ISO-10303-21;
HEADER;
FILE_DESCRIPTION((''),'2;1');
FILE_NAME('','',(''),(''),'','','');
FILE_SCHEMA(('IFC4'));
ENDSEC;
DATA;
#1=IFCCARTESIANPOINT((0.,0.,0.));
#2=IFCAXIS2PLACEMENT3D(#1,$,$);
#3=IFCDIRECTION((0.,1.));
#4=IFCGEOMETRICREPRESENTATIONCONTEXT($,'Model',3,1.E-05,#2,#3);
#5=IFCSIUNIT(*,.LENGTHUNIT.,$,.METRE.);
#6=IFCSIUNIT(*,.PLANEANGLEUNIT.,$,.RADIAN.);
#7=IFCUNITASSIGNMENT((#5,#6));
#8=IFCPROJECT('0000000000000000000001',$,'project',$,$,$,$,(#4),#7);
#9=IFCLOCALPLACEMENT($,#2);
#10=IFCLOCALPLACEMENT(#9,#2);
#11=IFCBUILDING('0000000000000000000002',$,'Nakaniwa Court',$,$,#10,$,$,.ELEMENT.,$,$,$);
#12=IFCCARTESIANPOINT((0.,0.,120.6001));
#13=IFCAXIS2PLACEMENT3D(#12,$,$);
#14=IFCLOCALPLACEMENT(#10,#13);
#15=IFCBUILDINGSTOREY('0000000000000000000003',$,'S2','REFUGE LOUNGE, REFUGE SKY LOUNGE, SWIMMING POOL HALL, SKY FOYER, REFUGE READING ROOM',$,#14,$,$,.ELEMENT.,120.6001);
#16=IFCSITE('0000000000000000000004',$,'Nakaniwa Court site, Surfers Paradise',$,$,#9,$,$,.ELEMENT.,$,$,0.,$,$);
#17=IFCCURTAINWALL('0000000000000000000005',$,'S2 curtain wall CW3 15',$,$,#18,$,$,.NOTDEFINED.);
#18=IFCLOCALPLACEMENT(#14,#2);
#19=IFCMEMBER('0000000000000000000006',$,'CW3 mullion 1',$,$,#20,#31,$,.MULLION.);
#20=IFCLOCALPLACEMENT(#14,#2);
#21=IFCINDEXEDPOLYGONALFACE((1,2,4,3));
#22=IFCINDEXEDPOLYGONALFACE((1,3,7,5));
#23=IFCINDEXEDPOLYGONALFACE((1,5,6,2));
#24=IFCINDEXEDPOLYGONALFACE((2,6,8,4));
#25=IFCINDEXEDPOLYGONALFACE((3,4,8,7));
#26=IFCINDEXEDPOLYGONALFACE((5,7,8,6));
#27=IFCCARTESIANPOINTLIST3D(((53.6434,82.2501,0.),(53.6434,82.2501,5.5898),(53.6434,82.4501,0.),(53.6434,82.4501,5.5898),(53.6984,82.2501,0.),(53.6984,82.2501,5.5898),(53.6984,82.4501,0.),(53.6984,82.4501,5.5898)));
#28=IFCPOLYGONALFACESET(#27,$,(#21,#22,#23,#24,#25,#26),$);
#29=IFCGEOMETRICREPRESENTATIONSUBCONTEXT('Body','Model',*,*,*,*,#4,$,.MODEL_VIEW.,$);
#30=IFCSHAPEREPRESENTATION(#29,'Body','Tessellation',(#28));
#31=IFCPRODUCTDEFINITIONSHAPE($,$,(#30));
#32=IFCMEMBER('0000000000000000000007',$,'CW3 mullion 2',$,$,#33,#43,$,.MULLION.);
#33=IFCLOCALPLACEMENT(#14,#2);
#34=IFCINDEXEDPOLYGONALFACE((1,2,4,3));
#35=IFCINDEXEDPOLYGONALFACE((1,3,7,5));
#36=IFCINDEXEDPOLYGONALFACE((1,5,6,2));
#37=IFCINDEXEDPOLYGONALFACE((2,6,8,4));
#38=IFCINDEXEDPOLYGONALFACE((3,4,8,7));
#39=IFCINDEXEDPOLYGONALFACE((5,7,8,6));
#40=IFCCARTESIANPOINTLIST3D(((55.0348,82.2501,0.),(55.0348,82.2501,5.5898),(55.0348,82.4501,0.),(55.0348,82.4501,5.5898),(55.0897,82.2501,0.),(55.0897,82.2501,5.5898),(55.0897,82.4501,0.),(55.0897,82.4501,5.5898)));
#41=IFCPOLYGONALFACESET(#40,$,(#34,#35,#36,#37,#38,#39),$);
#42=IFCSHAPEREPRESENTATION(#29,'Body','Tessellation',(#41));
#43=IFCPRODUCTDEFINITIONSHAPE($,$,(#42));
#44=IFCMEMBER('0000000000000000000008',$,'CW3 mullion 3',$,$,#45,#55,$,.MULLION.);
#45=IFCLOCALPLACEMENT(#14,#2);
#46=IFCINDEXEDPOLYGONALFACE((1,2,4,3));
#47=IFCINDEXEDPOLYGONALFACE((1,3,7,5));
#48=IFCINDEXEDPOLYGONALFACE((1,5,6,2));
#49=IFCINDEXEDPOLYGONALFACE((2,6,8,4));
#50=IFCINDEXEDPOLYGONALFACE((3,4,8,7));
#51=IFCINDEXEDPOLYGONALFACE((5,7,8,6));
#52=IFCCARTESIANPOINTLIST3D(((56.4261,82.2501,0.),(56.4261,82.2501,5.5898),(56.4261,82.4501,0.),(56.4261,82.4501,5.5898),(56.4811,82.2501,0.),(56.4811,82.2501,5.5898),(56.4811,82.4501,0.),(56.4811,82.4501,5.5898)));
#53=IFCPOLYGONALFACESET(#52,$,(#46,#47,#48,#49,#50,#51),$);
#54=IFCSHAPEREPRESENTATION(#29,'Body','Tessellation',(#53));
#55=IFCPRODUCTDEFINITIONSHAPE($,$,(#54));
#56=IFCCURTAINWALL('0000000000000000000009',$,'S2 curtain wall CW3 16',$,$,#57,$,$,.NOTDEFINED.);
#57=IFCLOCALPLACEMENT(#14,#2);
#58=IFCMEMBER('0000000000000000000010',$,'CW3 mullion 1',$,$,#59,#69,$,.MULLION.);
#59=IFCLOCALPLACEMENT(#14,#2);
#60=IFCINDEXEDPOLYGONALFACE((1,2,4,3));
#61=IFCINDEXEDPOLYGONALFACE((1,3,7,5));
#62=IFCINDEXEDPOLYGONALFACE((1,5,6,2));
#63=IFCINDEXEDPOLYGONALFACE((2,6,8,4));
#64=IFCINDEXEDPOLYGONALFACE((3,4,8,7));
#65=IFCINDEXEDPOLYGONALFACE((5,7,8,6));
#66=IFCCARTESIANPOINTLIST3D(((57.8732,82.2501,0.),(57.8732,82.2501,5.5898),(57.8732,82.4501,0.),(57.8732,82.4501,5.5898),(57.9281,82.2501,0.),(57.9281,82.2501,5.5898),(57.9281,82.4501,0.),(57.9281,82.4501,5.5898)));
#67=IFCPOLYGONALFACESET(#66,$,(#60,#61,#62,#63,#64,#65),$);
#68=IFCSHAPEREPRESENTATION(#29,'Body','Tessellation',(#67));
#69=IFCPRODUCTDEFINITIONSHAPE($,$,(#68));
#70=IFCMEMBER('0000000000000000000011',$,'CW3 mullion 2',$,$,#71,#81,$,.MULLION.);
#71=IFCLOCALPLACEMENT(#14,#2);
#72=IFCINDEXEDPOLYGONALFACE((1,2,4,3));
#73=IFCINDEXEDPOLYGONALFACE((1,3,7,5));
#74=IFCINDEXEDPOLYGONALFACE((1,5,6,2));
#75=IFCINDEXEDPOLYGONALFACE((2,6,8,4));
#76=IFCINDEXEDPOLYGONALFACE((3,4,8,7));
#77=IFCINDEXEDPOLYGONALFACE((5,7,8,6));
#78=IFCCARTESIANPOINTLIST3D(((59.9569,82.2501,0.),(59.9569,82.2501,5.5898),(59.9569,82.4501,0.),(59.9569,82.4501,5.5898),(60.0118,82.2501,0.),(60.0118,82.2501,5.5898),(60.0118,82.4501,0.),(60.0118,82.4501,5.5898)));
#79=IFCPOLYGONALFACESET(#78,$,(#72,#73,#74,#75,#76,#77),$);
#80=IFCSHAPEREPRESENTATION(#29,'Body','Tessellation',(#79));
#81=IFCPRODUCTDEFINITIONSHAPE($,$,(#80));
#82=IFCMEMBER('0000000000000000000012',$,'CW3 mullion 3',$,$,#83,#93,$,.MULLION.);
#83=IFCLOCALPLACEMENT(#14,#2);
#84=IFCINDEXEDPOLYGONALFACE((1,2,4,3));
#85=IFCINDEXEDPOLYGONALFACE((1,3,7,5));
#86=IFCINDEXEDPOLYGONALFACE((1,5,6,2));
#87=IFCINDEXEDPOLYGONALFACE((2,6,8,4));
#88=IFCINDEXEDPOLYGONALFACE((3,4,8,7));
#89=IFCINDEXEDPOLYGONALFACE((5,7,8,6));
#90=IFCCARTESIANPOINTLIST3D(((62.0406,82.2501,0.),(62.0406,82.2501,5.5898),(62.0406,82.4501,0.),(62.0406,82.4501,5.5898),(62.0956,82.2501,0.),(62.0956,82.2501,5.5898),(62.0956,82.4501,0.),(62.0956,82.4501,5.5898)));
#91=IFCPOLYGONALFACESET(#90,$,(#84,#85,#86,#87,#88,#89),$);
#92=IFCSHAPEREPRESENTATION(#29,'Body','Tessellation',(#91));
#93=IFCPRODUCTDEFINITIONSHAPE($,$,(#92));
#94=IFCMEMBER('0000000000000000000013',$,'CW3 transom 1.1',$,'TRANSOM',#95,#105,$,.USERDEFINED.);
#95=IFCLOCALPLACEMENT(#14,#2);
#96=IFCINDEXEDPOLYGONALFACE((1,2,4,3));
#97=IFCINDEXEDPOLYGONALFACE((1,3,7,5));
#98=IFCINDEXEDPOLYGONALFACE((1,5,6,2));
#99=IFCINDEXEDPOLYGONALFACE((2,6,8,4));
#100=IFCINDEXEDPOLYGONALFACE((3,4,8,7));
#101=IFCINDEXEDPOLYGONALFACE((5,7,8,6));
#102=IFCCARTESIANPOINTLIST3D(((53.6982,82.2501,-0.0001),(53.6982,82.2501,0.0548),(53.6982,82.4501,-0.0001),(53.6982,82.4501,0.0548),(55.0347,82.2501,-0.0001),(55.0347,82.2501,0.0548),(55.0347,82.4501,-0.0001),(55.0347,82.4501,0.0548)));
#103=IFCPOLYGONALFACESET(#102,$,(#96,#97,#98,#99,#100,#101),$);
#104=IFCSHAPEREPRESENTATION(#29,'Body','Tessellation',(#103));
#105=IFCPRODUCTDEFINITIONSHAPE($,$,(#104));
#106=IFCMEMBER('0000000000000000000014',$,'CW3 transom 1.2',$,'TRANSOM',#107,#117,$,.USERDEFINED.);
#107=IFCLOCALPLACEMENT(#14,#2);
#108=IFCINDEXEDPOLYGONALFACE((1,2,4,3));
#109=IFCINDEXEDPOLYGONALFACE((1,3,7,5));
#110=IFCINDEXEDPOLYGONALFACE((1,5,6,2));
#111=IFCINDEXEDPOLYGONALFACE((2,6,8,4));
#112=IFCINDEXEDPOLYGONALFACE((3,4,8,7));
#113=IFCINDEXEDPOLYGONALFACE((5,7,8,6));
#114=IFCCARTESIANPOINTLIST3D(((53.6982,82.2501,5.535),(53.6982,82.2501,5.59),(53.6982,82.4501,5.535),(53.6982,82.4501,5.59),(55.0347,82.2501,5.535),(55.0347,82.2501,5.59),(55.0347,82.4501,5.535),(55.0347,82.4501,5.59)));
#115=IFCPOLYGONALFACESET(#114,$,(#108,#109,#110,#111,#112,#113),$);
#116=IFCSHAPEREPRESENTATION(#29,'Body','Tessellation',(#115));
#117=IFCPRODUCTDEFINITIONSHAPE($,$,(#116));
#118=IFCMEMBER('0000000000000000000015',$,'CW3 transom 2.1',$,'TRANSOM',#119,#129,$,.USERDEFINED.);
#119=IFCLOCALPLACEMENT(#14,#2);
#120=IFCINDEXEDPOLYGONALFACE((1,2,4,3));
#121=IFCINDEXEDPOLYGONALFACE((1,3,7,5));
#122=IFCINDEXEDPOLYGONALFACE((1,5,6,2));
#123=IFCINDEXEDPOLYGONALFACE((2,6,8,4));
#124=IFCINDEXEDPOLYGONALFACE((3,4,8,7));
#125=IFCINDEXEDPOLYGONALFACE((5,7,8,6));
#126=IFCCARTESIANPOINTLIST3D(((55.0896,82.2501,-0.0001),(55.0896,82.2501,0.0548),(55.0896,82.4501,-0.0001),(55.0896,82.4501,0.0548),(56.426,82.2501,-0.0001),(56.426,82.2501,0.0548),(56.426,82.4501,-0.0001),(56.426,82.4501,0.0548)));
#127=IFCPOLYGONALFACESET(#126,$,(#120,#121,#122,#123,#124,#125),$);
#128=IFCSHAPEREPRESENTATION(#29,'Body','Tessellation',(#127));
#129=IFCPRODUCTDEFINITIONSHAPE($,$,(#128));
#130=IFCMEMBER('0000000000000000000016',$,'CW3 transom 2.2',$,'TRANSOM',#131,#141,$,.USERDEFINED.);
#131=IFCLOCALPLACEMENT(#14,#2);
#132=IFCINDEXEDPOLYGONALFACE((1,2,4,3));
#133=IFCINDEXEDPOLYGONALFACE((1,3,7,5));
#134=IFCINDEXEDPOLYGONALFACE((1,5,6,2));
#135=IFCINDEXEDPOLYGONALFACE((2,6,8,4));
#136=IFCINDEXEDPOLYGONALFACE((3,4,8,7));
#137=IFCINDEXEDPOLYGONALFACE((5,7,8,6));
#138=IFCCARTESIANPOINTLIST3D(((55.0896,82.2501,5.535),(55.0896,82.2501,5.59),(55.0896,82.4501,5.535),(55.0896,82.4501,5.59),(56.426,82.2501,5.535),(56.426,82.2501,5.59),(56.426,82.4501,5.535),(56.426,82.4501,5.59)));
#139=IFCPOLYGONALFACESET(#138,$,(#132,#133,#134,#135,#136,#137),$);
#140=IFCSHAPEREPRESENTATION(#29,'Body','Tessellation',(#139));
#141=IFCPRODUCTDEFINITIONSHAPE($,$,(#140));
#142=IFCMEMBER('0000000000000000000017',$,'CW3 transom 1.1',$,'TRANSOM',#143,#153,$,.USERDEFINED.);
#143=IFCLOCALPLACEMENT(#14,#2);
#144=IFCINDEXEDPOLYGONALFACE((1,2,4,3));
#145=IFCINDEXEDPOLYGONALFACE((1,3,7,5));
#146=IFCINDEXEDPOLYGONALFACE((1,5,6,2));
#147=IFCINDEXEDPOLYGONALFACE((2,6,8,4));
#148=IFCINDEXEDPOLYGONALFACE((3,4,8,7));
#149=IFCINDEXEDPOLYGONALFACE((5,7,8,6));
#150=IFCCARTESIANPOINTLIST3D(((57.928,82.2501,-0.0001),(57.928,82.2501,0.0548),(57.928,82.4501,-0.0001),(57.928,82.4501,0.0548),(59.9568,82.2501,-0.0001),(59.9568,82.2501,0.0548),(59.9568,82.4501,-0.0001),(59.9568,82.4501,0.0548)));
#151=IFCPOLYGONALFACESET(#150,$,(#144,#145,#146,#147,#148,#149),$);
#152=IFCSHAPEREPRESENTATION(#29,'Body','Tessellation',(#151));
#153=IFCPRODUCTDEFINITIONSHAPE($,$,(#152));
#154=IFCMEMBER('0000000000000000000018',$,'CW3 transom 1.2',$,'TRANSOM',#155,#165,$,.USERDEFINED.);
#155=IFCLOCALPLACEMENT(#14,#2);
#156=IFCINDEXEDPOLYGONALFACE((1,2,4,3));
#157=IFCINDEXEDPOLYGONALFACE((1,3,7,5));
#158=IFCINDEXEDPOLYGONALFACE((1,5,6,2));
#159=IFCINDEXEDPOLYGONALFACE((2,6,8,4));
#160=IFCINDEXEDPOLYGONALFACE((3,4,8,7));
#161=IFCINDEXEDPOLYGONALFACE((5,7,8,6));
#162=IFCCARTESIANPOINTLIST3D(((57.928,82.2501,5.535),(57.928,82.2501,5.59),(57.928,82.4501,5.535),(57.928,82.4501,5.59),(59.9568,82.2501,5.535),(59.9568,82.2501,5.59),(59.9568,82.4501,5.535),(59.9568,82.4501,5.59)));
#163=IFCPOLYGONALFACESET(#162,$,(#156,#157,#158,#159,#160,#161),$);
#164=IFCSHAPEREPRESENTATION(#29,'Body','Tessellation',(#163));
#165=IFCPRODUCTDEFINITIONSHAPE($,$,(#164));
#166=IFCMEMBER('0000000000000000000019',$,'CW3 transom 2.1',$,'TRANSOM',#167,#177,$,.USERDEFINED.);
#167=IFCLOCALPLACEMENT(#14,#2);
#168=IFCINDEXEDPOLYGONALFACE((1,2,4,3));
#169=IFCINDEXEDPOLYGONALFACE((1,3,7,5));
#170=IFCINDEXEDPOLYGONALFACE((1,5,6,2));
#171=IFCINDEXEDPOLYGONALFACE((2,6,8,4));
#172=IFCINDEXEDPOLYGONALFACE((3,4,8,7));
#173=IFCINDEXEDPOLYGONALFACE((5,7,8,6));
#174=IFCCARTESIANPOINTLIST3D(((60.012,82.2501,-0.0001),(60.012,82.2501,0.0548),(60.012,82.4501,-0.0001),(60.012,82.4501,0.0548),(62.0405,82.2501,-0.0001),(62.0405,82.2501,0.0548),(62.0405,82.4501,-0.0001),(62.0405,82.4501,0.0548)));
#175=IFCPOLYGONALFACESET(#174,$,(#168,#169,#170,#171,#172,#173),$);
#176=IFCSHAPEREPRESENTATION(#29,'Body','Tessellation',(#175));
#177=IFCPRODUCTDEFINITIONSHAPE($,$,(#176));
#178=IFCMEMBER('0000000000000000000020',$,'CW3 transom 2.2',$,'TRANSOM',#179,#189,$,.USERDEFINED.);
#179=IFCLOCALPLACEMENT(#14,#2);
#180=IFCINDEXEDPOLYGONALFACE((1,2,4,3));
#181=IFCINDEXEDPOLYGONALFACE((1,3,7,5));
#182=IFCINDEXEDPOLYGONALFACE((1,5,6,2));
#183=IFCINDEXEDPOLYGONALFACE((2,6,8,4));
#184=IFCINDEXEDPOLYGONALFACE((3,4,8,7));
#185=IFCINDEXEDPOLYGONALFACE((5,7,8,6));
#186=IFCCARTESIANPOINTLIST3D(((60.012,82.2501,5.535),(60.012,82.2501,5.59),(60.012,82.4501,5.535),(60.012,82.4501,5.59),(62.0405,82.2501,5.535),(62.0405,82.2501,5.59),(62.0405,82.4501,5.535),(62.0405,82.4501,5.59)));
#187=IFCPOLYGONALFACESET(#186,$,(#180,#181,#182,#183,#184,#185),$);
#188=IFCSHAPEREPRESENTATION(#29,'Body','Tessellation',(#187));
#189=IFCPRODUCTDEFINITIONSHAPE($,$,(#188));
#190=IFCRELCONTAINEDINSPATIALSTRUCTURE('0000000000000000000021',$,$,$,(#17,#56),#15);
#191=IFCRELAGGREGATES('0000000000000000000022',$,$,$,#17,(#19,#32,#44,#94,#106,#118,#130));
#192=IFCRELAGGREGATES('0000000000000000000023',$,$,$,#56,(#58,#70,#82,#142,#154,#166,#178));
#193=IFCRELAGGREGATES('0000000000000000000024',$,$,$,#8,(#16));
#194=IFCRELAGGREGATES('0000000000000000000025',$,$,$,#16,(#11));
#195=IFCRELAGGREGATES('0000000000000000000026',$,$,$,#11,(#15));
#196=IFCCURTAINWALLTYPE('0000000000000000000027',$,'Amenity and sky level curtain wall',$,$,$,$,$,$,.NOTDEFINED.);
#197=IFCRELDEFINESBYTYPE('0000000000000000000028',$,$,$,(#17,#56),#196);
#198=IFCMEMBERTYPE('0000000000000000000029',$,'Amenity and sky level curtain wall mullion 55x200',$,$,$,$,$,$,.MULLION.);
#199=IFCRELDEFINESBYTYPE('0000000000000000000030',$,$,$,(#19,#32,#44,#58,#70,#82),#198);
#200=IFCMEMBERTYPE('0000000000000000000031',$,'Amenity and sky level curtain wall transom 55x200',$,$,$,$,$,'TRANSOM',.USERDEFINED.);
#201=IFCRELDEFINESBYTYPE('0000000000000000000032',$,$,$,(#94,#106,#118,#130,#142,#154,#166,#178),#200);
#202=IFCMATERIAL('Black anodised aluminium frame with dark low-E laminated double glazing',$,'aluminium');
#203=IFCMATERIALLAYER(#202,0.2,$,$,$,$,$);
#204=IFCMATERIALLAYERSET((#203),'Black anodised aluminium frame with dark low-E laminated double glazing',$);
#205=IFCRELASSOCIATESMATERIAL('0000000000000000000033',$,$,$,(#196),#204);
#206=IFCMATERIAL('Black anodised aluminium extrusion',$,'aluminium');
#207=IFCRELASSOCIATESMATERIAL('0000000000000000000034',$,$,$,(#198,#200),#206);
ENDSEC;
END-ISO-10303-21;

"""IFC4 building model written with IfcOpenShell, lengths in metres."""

from ifc_helpers import new_model, si_unit, direction, frame, origin, origin_2d, place, context, subcontext, project, spatial, rectangle, extrude, material, layer, layer_set, material_profile, profile_set, type_object, element, aggregate, save


model = new_model("IFC4")

# Units and contexts
model_context = context("Model", 3, precision=1e-05, world=origin(), true_north=direction((0.0, 1.0)))
body_context = subcontext(model_context, "Body", "Model", "MODEL_VIEW")
ifc_project = project(units=[si_unit("LENGTHUNIT", "METRE"), si_unit("PLANEANGLEUNIT", "RADIAN")], contexts=[model_context])

# Site, building, storey
site_placement = place(None, origin())
site = spatial("IfcSite", under=ifc_project, at=site_placement, Name="Nakaniwa Court site, Surfers Paradise", CompositionType="ELEMENT", RefElevation=0.0)
building_placement = place(site_placement, origin())
building = spatial("IfcBuilding", under=site, at=building_placement, Name="Nakaniwa Court", CompositionType="ELEMENT")
storey_placement = place(building_placement, frame((0.0, 0.0, 120.6001)))
storey = spatial("IfcBuildingStorey", under=building, at=storey_placement, Name="S2", Description="REFUGE LOUNGE, REFUGE SKY LOUNGE, SWIMMING POOL HALL, SKY FOYER, REFUGE READING ROOM", CompositionType="ELEMENT", Elevation=120.6001)

# Curtain walls, members
ifc_material_1 = material(Name="Black anodised aluminium frame with dark low-E laminated double glazing", Category="aluminium")
ifc_layer_1 = layer(ifc_material_1, 0.2)
ifc_layer_set_1 = layer_set([ifc_layer_1], Name="Black anodised aluminium frame with dark low-E laminated double glazing")
curtain_wall_type = type_object("IfcCurtainWallType", Name="Amenity and sky level curtain wall", PredefinedType="NOTDEFINED", material=ifc_layer_set_1)
curtain_wall_1_placement = place(storey_placement, origin())
curtain_wall_1 = element("IfcCurtainWall", 1, at=curtain_wall_1_placement, inside=storey, type_object=curtain_wall_type, Name="S2 curtain wall CW3 15", PredefinedType="NOTDEFINED")
ifc_material_2 = material(Name="Black anodised aluminium extrusion", Category="aluminium")
ifc_material_profile_1 = material_profile(ifc_material_2, rectangle(XDim=0.2, YDim=0.0549, at=origin_2d()), Name="Amenity and sky level curtain wall mullion 55x200")
ifc_profile_set_1 = profile_set([ifc_material_profile_1], Name="Black anodised aluminium extrusion")
member_type_1 = type_object("IfcMemberType", Name="Amenity and sky level curtain wall mullion 55x200", PredefinedType="MULLION", material=ifc_profile_set_1)
member_1_placement = place(storey_placement, frame((53.6709, 82.3501, 0.0), z_axis=(0.0, 0.0, 1.0), x_axis=(0.0, 1.0, 0.0)))
member_1 = element("IfcMember", 2, at=member_1_placement, type_object=member_type_1, Name="CW3 mullion 1", PredefinedType="MULLION", context=body_context, shape_type="SweptSolid", body=[
    extrude(rectangle(XDim=0.2, YDim=0.0549, at=origin_2d()), origin(), (0.0, 0.0, 1.0), 5.5898),
])
member_2_placement = place(storey_placement, frame((55.0623, 82.3501, 0.0), z_axis=(0.0, 0.0, 1.0), x_axis=(0.0, 1.0, 0.0)))
member_2 = element("IfcMember", 3, at=member_2_placement, type_object=member_type_1, Name="CW3 mullion 2", PredefinedType="MULLION", context=body_context, shape_type="SweptSolid", body=[
    extrude(rectangle(XDim=0.2, YDim=0.0549, at=origin_2d()), origin(), (0.0, 0.0, 1.0), 5.5898),
])
member_3_placement = place(storey_placement, frame((56.4536, 82.3501, 0.0), z_axis=(0.0, 0.0, 1.0), x_axis=(0.0, 1.0, 0.0)))
member_3 = element("IfcMember", 4, at=member_3_placement, type_object=member_type_1, Name="CW3 mullion 3", PredefinedType="MULLION", context=body_context, shape_type="SweptSolid", body=[
    extrude(rectangle(XDim=0.2, YDim=0.0549, at=origin_2d()), origin(), (0.0, 0.0, 1.0), 5.5898),
])
curtain_wall_2_placement = place(storey_placement, origin())
curtain_wall_2 = element("IfcCurtainWall", 5, at=curtain_wall_2_placement, inside=storey, type_object=curtain_wall_type, Name="S2 curtain wall CW3 16", PredefinedType="NOTDEFINED")
member_4_placement = place(storey_placement, frame((57.9006, 82.3501, 0.0), z_axis=(0.0, 0.0, 1.0), x_axis=(0.0, 1.0, 0.0)))
member_4 = element("IfcMember", 6, at=member_4_placement, type_object=member_type_1, Name="CW3 mullion 1", PredefinedType="MULLION", context=body_context, shape_type="SweptSolid", body=[
    extrude(rectangle(XDim=0.2, YDim=0.0549, at=origin_2d()), origin(), (0.0, 0.0, 1.0), 5.5898),
])
member_5_placement = place(storey_placement, frame((59.9844, 82.3501, 0.0), z_axis=(0.0, 0.0, 1.0), x_axis=(0.0, 1.0, 0.0)))
member_5 = element("IfcMember", 7, at=member_5_placement, type_object=member_type_1, Name="CW3 mullion 2", PredefinedType="MULLION", context=body_context, shape_type="SweptSolid", body=[
    extrude(rectangle(XDim=0.2, YDim=0.0549, at=origin_2d()), origin(), (0.0, 0.0, 1.0), 5.5898),
])
member_6_placement = place(storey_placement, frame((62.0681, 82.3501, 0.0), z_axis=(0.0, 0.0, 1.0), x_axis=(0.0, 1.0, 0.0)))
member_6 = element("IfcMember", 8, at=member_6_placement, type_object=member_type_1, Name="CW3 mullion 3", PredefinedType="MULLION", context=body_context, shape_type="SweptSolid", body=[
    extrude(rectangle(XDim=0.2, YDim=0.0549, at=origin_2d()), origin(), (0.0, 0.0, 1.0), 5.5898),
])

# Members
ifc_material_profile_2 = material_profile(ifc_material_2, rectangle(XDim=0.2, YDim=0.0549, at=origin_2d()), Name="Amenity and sky level curtain wall transom 55x200")
ifc_profile_set_2 = profile_set([ifc_material_profile_2], Name="Black anodised aluminium extrusion")
member_type_2 = type_object("IfcMemberType", Name="Amenity and sky level curtain wall transom 55x200", ElementType="TRANSOM", PredefinedType="USERDEFINED", material=ifc_profile_set_2)
member_7_placement = place(storey_placement, frame((53.6982, 82.3501, 0.0273), z_axis=(1.0, 0.0, 0.0), x_axis=(0.0, 1.0, 0.0)))
member_7 = element("IfcMember", 9, at=member_7_placement, type_object=member_type_2, Name="CW3 transom 1.1", ObjectType="TRANSOM", PredefinedType="USERDEFINED", context=body_context, shape_type="SweptSolid", body=[
    extrude(rectangle(XDim=0.2, YDim=0.0549, at=origin_2d()), origin(), (0.0, 0.0, 1.0), 1.3364),
])
member_8_placement = place(storey_placement, frame((53.6982, 82.3501, 5.5625), z_axis=(1.0, 0.0, 0.0), x_axis=(0.0, 1.0, 0.0)))
member_8 = element("IfcMember", 10, at=member_8_placement, type_object=member_type_2, Name="CW3 transom 1.2", ObjectType="TRANSOM", PredefinedType="USERDEFINED", context=body_context, shape_type="SweptSolid", body=[
    extrude(rectangle(XDim=0.2, YDim=0.0549, at=origin_2d()), origin(), (0.0, 0.0, 1.0), 1.3364),
])
member_9_placement = place(storey_placement, frame((55.0896, 82.3501, 0.0273), z_axis=(1.0, 0.0, 0.0), x_axis=(0.0, 1.0, 0.0)))
member_9 = element("IfcMember", 11, at=member_9_placement, type_object=member_type_2, Name="CW3 transom 2.1", ObjectType="TRANSOM", PredefinedType="USERDEFINED", context=body_context, shape_type="SweptSolid", body=[
    extrude(rectangle(XDim=0.2, YDim=0.0549, at=origin_2d()), origin(), (0.0, 0.0, 1.0), 1.3364),
])
member_10_placement = place(storey_placement, frame((55.0896, 82.3501, 5.5625), z_axis=(1.0, 0.0, 0.0), x_axis=(0.0, 1.0, 0.0)))
member_10 = element("IfcMember", 12, at=member_10_placement, type_object=member_type_2, Name="CW3 transom 2.2", ObjectType="TRANSOM", PredefinedType="USERDEFINED", context=body_context, shape_type="SweptSolid", body=[
    extrude(rectangle(XDim=0.2, YDim=0.0549, at=origin_2d()), origin(), (0.0, 0.0, 1.0), 1.3364),
])
member_11_placement = place(storey_placement, frame((57.928, 82.3501, 0.0273), z_axis=(1.0, 0.0, 0.0), x_axis=(0.0, 1.0, 0.0)))
member_11 = element("IfcMember", 13, at=member_11_placement, type_object=member_type_2, Name="CW3 transom 1.1", ObjectType="TRANSOM", PredefinedType="USERDEFINED", context=body_context, shape_type="SweptSolid", body=[
    extrude(rectangle(XDim=0.2, YDim=0.0549, at=origin_2d()), origin(), (0.0, 0.0, 1.0), 2.0288),
])
member_12_placement = place(storey_placement, frame((57.928, 82.3501, 5.5625), z_axis=(1.0, 0.0, 0.0), x_axis=(0.0, 1.0, 0.0)))
member_12 = element("IfcMember", 14, at=member_12_placement, type_object=member_type_2, Name="CW3 transom 1.2", ObjectType="TRANSOM", PredefinedType="USERDEFINED", context=body_context, shape_type="SweptSolid", body=[
    extrude(rectangle(XDim=0.2, YDim=0.0549, at=origin_2d()), origin(), (0.0, 0.0, 1.0), 2.0288),
])
member_13_placement = place(storey_placement, frame((60.012, 82.3501, 0.0273), z_axis=(1.0, 0.0, 0.0), x_axis=(0.0, 1.0, 0.0)))
member_13 = element("IfcMember", 15, at=member_13_placement, type_object=member_type_2, Name="CW3 transom 2.1", ObjectType="TRANSOM", PredefinedType="USERDEFINED", context=body_context, shape_type="SweptSolid", body=[
    extrude(rectangle(XDim=0.2, YDim=0.0549, at=origin_2d()), origin(), (0.0, 0.0, 1.0), 2.0286),
])
member_14_placement = place(storey_placement, frame((60.012, 82.3501, 5.5625), z_axis=(1.0, 0.0, 0.0), x_axis=(0.0, 1.0, 0.0)))
member_14 = element("IfcMember", 16, at=member_14_placement, type_object=member_type_2, Name="CW3 transom 2.2", ObjectType="TRANSOM", PredefinedType="USERDEFINED", context=body_context, shape_type="SweptSolid", body=[
    extrude(rectangle(XDim=0.2, YDim=0.0549, at=origin_2d()), origin(), (0.0, 0.0, 1.0), 2.0286),
])

aggregate(curtain_wall_1, [member_1, member_2, member_3, member_7, member_8, member_9, member_10])
aggregate(curtain_wall_2, [member_4, member_5, member_6, member_11, member_12, member_13, member_14])

save(model, "model.ifc")
